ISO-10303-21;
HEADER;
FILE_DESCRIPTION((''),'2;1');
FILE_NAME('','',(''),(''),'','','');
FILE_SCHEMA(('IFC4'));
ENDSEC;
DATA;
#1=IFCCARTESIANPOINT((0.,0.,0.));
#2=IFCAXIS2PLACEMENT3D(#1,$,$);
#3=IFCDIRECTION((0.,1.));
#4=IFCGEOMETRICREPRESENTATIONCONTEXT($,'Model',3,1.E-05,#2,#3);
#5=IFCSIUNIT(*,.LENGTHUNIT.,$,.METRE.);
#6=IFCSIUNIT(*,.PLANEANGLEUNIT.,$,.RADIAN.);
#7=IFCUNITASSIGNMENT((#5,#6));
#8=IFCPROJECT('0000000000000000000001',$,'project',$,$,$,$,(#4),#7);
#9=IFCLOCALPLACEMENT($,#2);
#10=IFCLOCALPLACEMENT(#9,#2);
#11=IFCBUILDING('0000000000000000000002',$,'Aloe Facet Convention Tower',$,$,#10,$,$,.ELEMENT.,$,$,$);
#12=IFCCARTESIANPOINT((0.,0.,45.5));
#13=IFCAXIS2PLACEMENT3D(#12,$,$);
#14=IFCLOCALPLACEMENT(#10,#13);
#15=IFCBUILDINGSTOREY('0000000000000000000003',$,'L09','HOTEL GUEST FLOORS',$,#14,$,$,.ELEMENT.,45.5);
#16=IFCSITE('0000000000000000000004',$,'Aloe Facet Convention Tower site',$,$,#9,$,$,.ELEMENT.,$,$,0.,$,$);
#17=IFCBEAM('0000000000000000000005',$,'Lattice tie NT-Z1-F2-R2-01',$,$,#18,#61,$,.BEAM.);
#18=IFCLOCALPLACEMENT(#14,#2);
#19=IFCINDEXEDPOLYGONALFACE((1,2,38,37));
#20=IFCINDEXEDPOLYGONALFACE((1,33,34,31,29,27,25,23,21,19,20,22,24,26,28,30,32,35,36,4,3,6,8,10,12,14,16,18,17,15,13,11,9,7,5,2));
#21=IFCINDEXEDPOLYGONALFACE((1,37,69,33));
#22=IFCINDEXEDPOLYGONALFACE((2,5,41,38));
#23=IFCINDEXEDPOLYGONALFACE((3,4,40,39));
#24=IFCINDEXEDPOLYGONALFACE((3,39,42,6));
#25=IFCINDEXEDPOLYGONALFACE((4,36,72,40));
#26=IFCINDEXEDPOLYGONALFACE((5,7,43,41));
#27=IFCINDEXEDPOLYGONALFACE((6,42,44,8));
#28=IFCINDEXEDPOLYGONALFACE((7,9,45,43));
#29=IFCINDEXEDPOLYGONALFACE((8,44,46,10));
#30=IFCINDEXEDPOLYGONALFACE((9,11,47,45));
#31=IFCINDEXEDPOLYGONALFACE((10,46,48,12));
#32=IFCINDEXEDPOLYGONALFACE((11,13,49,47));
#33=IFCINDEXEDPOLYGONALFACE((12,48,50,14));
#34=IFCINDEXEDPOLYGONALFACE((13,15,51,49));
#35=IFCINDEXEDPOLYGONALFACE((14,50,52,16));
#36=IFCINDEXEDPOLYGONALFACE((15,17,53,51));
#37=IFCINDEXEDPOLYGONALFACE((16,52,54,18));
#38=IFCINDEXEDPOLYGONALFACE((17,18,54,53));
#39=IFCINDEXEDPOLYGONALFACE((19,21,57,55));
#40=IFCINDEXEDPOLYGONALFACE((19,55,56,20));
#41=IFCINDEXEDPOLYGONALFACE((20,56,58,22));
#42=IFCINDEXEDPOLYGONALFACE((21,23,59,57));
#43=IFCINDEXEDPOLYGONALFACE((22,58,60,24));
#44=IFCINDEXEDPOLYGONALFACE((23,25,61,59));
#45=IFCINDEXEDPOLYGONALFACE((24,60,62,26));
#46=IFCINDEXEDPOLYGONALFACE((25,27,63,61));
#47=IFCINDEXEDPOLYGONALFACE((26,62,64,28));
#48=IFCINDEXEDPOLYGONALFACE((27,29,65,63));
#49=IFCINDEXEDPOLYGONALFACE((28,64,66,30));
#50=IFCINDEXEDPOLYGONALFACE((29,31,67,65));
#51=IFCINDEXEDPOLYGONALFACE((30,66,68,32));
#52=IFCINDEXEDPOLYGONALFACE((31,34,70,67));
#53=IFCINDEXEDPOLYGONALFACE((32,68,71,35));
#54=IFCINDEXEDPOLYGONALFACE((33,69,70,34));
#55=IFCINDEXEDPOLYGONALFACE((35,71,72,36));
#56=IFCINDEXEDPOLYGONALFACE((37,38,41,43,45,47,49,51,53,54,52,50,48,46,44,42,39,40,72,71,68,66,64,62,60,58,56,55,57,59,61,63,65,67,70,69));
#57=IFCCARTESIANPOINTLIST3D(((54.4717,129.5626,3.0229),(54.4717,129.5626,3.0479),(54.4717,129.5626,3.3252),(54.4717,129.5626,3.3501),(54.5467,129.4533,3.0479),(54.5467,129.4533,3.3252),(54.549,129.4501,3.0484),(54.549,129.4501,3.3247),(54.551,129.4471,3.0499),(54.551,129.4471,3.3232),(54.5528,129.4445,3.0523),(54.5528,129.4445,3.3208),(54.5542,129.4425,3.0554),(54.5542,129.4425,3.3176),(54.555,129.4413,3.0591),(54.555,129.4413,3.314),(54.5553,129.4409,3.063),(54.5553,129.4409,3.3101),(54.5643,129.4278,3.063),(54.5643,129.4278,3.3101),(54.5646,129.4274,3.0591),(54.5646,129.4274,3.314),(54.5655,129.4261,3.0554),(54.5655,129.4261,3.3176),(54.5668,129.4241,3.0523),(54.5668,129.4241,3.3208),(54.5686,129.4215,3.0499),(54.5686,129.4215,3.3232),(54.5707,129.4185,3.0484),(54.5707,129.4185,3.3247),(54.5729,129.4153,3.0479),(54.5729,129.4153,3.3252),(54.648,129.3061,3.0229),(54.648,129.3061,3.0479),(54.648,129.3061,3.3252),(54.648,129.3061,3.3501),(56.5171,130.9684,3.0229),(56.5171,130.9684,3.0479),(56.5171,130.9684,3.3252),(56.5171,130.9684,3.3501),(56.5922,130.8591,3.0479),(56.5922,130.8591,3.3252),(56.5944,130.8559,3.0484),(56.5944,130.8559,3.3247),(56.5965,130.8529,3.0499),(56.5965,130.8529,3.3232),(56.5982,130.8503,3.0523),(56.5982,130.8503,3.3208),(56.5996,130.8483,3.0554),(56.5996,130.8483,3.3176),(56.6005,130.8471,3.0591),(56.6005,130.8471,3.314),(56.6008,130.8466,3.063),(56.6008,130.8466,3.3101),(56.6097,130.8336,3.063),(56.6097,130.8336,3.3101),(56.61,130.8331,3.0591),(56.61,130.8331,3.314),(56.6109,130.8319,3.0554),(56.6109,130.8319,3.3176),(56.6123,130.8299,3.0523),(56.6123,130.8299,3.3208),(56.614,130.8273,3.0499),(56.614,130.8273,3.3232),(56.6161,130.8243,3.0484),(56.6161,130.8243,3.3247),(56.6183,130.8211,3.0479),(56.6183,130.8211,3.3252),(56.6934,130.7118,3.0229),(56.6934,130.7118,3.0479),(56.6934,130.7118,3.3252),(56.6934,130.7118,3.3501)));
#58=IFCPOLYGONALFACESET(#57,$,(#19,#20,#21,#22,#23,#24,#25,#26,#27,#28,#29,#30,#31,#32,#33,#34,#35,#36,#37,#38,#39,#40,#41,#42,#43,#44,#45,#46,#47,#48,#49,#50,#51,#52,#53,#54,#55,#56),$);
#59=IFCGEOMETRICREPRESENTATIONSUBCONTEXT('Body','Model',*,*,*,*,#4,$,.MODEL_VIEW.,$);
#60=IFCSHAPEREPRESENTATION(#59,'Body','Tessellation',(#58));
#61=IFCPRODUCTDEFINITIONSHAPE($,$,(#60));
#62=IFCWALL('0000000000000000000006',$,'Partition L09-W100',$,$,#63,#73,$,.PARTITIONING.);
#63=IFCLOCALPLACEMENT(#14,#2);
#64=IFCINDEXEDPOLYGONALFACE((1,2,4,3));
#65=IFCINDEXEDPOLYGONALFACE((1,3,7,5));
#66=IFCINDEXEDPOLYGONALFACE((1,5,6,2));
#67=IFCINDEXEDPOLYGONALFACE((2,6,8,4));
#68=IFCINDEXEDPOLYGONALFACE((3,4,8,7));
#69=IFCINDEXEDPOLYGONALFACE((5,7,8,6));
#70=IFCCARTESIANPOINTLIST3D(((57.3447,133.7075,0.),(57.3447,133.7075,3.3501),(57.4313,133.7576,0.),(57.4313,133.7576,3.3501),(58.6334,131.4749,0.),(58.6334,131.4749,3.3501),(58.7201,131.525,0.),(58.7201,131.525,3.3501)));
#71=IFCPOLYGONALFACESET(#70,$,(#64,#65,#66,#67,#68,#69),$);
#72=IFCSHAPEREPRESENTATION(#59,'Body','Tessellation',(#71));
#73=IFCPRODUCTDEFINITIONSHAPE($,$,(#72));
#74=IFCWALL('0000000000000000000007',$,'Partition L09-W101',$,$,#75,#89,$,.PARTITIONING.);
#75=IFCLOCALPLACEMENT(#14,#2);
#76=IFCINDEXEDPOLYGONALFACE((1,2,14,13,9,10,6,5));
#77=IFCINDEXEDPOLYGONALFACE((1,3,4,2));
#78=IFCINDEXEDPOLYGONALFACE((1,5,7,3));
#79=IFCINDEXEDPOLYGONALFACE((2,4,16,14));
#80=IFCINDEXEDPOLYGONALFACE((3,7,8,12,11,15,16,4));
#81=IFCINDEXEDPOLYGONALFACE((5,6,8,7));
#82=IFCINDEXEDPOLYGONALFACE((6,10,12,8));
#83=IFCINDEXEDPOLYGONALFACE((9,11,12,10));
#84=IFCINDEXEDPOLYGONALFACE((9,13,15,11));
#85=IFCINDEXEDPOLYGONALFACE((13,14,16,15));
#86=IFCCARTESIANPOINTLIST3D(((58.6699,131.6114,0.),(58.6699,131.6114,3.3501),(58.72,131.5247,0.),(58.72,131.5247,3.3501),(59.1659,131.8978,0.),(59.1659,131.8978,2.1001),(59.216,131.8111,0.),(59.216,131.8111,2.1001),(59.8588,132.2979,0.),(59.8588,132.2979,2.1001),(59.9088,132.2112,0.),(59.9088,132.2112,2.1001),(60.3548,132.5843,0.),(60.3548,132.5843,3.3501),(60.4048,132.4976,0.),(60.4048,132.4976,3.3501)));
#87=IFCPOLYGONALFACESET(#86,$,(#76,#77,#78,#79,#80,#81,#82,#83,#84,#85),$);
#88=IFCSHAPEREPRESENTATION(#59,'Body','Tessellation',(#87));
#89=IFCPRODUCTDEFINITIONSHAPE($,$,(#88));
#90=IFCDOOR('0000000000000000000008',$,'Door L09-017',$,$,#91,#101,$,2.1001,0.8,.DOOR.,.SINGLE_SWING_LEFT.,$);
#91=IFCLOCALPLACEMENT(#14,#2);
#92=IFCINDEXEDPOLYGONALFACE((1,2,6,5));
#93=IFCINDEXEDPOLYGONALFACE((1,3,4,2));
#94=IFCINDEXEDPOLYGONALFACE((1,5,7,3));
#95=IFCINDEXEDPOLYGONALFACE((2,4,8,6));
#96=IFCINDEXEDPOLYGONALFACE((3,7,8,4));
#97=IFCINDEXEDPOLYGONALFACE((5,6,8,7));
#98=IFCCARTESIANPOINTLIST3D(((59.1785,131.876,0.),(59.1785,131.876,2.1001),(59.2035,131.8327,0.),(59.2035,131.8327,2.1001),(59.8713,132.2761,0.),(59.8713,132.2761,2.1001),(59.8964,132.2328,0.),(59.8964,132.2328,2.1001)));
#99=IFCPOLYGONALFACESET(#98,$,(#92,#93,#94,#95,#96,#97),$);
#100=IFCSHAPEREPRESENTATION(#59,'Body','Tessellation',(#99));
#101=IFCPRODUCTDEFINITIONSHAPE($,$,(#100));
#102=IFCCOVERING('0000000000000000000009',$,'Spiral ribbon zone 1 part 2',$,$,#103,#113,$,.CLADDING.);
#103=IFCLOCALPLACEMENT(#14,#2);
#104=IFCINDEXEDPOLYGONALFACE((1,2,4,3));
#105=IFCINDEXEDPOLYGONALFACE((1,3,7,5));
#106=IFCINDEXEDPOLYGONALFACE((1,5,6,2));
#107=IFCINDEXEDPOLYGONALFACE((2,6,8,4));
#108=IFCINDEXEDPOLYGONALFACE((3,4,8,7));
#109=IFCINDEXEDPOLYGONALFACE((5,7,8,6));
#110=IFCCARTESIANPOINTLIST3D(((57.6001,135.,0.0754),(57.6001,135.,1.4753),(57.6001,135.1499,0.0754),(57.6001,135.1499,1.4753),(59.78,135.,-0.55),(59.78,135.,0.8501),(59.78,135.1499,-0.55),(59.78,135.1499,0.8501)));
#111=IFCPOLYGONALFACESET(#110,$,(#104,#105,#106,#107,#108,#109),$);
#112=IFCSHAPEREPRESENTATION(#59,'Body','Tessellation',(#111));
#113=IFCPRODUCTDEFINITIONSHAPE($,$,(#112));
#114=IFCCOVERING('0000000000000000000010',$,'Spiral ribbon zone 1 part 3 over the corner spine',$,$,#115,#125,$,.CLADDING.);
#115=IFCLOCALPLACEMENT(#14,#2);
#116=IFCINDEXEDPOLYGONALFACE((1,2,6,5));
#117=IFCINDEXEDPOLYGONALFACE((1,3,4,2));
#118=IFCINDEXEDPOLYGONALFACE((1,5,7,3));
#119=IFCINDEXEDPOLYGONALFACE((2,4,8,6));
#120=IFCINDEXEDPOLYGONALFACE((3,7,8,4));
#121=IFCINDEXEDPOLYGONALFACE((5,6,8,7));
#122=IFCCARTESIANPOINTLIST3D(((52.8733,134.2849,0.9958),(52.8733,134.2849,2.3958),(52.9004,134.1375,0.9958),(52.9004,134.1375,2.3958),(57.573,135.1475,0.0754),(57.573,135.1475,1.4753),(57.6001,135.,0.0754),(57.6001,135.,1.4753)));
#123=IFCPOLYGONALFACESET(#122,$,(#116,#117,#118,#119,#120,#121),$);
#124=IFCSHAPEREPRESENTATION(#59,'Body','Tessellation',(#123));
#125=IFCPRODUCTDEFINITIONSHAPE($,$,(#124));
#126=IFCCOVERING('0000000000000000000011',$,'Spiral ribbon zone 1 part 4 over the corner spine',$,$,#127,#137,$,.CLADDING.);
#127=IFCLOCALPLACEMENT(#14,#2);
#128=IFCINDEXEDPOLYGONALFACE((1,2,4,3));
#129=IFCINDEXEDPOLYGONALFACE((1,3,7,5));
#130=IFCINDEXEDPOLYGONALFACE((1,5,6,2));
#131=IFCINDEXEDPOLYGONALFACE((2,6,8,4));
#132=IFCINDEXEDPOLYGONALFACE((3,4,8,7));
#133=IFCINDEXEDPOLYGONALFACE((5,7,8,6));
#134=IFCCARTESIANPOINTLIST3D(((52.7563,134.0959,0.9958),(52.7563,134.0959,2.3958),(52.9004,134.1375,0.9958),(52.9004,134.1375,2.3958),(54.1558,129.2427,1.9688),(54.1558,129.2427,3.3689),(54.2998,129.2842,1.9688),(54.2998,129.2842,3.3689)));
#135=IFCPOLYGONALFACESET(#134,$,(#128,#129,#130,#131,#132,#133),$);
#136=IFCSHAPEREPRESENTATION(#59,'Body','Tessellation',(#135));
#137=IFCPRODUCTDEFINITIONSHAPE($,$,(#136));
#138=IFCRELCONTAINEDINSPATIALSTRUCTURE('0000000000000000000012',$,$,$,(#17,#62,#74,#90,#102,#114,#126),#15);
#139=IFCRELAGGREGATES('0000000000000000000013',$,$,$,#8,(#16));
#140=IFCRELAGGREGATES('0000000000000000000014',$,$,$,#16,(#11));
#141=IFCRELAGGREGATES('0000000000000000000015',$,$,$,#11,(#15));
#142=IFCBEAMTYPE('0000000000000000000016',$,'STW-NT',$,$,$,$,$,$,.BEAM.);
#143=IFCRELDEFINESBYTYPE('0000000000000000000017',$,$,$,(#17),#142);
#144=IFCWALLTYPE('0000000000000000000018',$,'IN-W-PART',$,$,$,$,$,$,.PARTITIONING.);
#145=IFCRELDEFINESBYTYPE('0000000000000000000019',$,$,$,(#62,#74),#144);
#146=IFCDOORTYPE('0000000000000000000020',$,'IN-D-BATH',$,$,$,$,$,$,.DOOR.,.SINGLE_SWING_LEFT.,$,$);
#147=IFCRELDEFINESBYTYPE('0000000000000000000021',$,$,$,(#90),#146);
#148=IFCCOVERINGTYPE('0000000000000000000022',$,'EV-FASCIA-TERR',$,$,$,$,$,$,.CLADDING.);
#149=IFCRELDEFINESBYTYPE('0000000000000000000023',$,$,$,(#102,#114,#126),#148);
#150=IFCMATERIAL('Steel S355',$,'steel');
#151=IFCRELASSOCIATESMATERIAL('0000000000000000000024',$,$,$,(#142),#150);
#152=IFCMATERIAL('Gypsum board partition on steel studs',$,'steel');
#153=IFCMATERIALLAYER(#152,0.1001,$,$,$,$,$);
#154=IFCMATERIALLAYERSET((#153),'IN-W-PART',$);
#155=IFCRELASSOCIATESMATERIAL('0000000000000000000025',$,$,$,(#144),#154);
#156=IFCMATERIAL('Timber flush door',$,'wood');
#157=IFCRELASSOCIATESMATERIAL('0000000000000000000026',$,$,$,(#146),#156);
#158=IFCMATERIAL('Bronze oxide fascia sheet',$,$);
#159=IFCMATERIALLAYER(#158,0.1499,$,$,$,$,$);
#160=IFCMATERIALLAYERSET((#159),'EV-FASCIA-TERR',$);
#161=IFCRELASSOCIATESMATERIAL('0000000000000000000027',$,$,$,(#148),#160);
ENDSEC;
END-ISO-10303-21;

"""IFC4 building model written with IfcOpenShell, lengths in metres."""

from ifc_helpers import new_model, si_unit, direction, frame, frame_2d, origin, origin_2d, place, context, subcontext, project, spatial, polyline, rectangle, i_section, outline, extrude, material, layer, layer_set, material_profile, profile_set, type_object, element, fill, save


model = new_model("IFC4")

# Units and contexts
model_context = context("Model", 3, precision=1e-05, world=origin(), true_north=direction((0.0, 1.0)))
body_context = subcontext(model_context, "Body", "Model", "MODEL_VIEW")
ifc_project = project(units=[si_unit("LENGTHUNIT", "METRE"), si_unit("PLANEANGLEUNIT", "RADIAN")], contexts=[model_context])

# Site, building, storey
site_placement = place(None, origin())
site = spatial("IfcSite", under=ifc_project, at=site_placement, Name="Aloe Facet Convention Tower site", CompositionType="ELEMENT", RefElevation=0.0)
building_placement = place(site_placement, origin())
building = spatial("IfcBuilding", under=site, at=building_placement, Name="Aloe Facet Convention Tower", CompositionType="ELEMENT")
storey_placement = place(building_placement, frame((0.0, 0.0, 45.5)))
storey = spatial("IfcBuildingStorey", under=building, at=storey_placement, Name="L09", Description="HOTEL GUEST FLOORS", CompositionType="ELEMENT", Elevation=45.5)

# Beam
ifc_material_1 = material(Name="Steel S355", Category="steel")
ifc_material_profile_1 = material_profile(ifc_material_1, i_section(OverallWidth=0.3113, OverallDepth=0.3271, WebThickness=0.0159, FlangeThickness=0.0249, FilletRadius=0.0151, at=origin_2d()), Name="UC 305x305x158")
ifc_profile_set_1 = profile_set([ifc_material_profile_1], Name="Steel S355")
beam_type_1 = type_object("IfcBeamType", Name="STW-NT", PredefinedType="BEAM", material=ifc_profile_set_1)
beam_1_placement = place(storey_placement, frame((54.5598, 129.4343, 3.1865), z_axis=(0.824128, 0.566404, 0.0), x_axis=(-0.566404, 0.824128, 0.0)))
element("IfcBeam", 1, at=beam_1_placement, inside=storey, type_object=beam_type_1, Name="Lattice tie NT-Z1-F2-R2-01", PredefinedType="BEAM", context=body_context, shape_type="SweptSolid", body=[
    extrude(i_section(OverallWidth=0.3113, OverallDepth=0.3271, WebThickness=0.0159, FlangeThickness=0.0249, FilletRadius=0.0151, at=origin_2d()), origin(), (0.0, 0.0, 1.0), 2.4819),
])

# Wall
ifc_material_2 = material(Name="Gypsum board partition on steel studs", Category="steel")
ifc_layer_1 = layer(ifc_material_2, 0.1001)
ifc_layer_set_1 = layer_set([ifc_layer_1], Name="IN-W-PART")
wall_type_1 = type_object("IfcWallType", Name="IN-W-PART", PredefinedType="PARTITIONING", material=ifc_layer_set_1)
wall_1_placement = place(storey_placement, frame((57.3879, 133.7327, 0.0), z_axis=(0.0, 0.0, 1.0), x_axis=(0.499938, -0.866061, 0.0)))
element("IfcWall", 2, at=wall_1_placement, inside=storey, type_object=wall_type_1, Name="Partition L09-W100", PredefinedType="PARTITIONING", context=body_context, shape_type="SweptSolid", body=[
    extrude(rectangle(XDim=2.5779, YDim=0.1001, at=frame_2d((1.2891, 0.0))), origin(), (0.0, 0.0, 1.0), 3.3501),
])

# Wall, opening, door
wall_2_placement = place(storey_placement, frame((58.6951, 131.5681, 0.0), z_axis=(0.0, 0.0, 1.0), x_axis=(0.865987, 0.500066, 0.0)))
wall_2 = element("IfcWall", 3, at=wall_2_placement, inside=storey, type_object=wall_type_1, Name="Partition L09-W101", PredefinedType="PARTITIONING", context=body_context, shape_type="SweptSolid", body=[
    extrude(rectangle(XDim=1.9456, YDim=0.1001, at=frame_2d((0.9727, 0.0))), origin(), (0.0, 0.0, 1.0), 3.3501),
])
opening_1_placement = place(wall_2_placement, frame((0.5728, 0.0, 0.0)))
opening_1 = element("IfcOpeningElement", 4, at=opening_1_placement, cuts=wall_2, PredefinedType="OPENING", context=body_context, shape_type="SweptSolid", body=[
    extrude(rectangle(XDim=0.8, YDim=2.1001, at=frame_2d((0.3999, 1.05))), frame((0.0, 0.0601, 0.0), z_axis=(0.0, -1.0, 0.0), x_axis=(1.0, 0.0, 0.0)), (0.0, 0.0, 1.0), 0.1201),
])
ifc_material_3 = material(Name="Timber flush door", Category="wood")
door_type = type_object("IfcDoorType", Name="IN-D-BATH", OperationType="SINGLE_SWING_LEFT", PredefinedType="DOOR", material=ifc_material_3)
door_placement = place(opening_1_placement, origin())
door = element("IfcDoor", 5, at=door_placement, inside=storey, type_object=door_type, Name="Door L09-017", OperationType="SINGLE_SWING_LEFT", OverallHeight=2.1001, OverallWidth=0.8, PredefinedType="DOOR", context=body_context, shape_type="SweptSolid", body=[
    extrude(rectangle(XDim=0.8, YDim=2.1001, at=frame_2d((0.3999, 1.05))), frame((0.0, 0.0249, 0.0), z_axis=(0.0, -1.0, 0.0), x_axis=(1.0, 0.0, 0.0)), (0.0, 0.0, 1.0), 0.05),
])
fill(opening_1, door)

# Coverings
ifc_material_4 = material(Name="Bronze oxide fascia sheet")
ifc_layer_2 = layer(ifc_material_4, 0.1499)
ifc_layer_set_2 = layer_set([ifc_layer_2], Name="EV-FASCIA-TERR")
covering_type = type_object("IfcCoveringType", Name="EV-FASCIA-TERR", PredefinedType="CLADDING", material=ifc_layer_set_2)
covering_1_placement = place(storey_placement, frame((59.78, 135.1499, -0.55), z_axis=(0.0, 1.0, 0.0), x_axis=(-0.961215, 0.0, 0.275802)))
element("IfcCovering", 6, at=covering_1_placement, inside=storey, type_object=covering_type, Name="Spiral ribbon zone 1 part 2", PredefinedType="CLADDING", context=body_context, shape_type="SweptSolid", body=[
    extrude(outline(polyline([(0.0, 0.0), (2.2679, 0.0), (2.654, 1.3456), (0.3862, 1.3458), (0.0, 0.0)])), origin(), (0.0, 0.0, -1.0), 0.1499),
])
covering_2_placement = place(storey_placement, frame((57.573, 135.1475, 0.0754), z_axis=(-0.180517, 0.983572, 0.0), x_axis=(-0.965817, -0.177259, 0.18915)))
element("IfcCovering", 7, at=covering_2_placement, inside=storey, type_object=covering_type, Name="Spiral ribbon zone 1 part 3 over the corner spine", PredefinedType="CLADDING", context=body_context, shape_type="SweptSolid", body=[
    extrude(outline(polyline([(0.0, 0.0), (4.866, 0.0), (5.1308, 1.3746), (0.2648, 1.3746), (0.0, 0.0)])), origin(), (0.0, 0.0, -1.0), 0.1499),
])
covering_3_placement = place(storey_placement, frame((52.7563, 134.0959, 0.9958), z_axis=(-0.960854, -0.277057, 0.0), x_axis=(0.272056, -0.94351, 0.189139)))
element("IfcCovering", 8, at=covering_3_placement, inside=storey, type_object=covering_type, Name="Spiral ribbon zone 1 part 4 over the corner spine", PredefinedType="CLADDING", context=body_context, shape_type="SweptSolid", body=[
    extrude(outline(polyline([(0.0, 0.0), (5.1438, 0.0), (5.4087, 1.3749), (0.2648, 1.3746), (0.0, 0.0)])), origin(), (0.0, 0.0, -1.0), 0.1499),
])

save(model, "model.ifc")
